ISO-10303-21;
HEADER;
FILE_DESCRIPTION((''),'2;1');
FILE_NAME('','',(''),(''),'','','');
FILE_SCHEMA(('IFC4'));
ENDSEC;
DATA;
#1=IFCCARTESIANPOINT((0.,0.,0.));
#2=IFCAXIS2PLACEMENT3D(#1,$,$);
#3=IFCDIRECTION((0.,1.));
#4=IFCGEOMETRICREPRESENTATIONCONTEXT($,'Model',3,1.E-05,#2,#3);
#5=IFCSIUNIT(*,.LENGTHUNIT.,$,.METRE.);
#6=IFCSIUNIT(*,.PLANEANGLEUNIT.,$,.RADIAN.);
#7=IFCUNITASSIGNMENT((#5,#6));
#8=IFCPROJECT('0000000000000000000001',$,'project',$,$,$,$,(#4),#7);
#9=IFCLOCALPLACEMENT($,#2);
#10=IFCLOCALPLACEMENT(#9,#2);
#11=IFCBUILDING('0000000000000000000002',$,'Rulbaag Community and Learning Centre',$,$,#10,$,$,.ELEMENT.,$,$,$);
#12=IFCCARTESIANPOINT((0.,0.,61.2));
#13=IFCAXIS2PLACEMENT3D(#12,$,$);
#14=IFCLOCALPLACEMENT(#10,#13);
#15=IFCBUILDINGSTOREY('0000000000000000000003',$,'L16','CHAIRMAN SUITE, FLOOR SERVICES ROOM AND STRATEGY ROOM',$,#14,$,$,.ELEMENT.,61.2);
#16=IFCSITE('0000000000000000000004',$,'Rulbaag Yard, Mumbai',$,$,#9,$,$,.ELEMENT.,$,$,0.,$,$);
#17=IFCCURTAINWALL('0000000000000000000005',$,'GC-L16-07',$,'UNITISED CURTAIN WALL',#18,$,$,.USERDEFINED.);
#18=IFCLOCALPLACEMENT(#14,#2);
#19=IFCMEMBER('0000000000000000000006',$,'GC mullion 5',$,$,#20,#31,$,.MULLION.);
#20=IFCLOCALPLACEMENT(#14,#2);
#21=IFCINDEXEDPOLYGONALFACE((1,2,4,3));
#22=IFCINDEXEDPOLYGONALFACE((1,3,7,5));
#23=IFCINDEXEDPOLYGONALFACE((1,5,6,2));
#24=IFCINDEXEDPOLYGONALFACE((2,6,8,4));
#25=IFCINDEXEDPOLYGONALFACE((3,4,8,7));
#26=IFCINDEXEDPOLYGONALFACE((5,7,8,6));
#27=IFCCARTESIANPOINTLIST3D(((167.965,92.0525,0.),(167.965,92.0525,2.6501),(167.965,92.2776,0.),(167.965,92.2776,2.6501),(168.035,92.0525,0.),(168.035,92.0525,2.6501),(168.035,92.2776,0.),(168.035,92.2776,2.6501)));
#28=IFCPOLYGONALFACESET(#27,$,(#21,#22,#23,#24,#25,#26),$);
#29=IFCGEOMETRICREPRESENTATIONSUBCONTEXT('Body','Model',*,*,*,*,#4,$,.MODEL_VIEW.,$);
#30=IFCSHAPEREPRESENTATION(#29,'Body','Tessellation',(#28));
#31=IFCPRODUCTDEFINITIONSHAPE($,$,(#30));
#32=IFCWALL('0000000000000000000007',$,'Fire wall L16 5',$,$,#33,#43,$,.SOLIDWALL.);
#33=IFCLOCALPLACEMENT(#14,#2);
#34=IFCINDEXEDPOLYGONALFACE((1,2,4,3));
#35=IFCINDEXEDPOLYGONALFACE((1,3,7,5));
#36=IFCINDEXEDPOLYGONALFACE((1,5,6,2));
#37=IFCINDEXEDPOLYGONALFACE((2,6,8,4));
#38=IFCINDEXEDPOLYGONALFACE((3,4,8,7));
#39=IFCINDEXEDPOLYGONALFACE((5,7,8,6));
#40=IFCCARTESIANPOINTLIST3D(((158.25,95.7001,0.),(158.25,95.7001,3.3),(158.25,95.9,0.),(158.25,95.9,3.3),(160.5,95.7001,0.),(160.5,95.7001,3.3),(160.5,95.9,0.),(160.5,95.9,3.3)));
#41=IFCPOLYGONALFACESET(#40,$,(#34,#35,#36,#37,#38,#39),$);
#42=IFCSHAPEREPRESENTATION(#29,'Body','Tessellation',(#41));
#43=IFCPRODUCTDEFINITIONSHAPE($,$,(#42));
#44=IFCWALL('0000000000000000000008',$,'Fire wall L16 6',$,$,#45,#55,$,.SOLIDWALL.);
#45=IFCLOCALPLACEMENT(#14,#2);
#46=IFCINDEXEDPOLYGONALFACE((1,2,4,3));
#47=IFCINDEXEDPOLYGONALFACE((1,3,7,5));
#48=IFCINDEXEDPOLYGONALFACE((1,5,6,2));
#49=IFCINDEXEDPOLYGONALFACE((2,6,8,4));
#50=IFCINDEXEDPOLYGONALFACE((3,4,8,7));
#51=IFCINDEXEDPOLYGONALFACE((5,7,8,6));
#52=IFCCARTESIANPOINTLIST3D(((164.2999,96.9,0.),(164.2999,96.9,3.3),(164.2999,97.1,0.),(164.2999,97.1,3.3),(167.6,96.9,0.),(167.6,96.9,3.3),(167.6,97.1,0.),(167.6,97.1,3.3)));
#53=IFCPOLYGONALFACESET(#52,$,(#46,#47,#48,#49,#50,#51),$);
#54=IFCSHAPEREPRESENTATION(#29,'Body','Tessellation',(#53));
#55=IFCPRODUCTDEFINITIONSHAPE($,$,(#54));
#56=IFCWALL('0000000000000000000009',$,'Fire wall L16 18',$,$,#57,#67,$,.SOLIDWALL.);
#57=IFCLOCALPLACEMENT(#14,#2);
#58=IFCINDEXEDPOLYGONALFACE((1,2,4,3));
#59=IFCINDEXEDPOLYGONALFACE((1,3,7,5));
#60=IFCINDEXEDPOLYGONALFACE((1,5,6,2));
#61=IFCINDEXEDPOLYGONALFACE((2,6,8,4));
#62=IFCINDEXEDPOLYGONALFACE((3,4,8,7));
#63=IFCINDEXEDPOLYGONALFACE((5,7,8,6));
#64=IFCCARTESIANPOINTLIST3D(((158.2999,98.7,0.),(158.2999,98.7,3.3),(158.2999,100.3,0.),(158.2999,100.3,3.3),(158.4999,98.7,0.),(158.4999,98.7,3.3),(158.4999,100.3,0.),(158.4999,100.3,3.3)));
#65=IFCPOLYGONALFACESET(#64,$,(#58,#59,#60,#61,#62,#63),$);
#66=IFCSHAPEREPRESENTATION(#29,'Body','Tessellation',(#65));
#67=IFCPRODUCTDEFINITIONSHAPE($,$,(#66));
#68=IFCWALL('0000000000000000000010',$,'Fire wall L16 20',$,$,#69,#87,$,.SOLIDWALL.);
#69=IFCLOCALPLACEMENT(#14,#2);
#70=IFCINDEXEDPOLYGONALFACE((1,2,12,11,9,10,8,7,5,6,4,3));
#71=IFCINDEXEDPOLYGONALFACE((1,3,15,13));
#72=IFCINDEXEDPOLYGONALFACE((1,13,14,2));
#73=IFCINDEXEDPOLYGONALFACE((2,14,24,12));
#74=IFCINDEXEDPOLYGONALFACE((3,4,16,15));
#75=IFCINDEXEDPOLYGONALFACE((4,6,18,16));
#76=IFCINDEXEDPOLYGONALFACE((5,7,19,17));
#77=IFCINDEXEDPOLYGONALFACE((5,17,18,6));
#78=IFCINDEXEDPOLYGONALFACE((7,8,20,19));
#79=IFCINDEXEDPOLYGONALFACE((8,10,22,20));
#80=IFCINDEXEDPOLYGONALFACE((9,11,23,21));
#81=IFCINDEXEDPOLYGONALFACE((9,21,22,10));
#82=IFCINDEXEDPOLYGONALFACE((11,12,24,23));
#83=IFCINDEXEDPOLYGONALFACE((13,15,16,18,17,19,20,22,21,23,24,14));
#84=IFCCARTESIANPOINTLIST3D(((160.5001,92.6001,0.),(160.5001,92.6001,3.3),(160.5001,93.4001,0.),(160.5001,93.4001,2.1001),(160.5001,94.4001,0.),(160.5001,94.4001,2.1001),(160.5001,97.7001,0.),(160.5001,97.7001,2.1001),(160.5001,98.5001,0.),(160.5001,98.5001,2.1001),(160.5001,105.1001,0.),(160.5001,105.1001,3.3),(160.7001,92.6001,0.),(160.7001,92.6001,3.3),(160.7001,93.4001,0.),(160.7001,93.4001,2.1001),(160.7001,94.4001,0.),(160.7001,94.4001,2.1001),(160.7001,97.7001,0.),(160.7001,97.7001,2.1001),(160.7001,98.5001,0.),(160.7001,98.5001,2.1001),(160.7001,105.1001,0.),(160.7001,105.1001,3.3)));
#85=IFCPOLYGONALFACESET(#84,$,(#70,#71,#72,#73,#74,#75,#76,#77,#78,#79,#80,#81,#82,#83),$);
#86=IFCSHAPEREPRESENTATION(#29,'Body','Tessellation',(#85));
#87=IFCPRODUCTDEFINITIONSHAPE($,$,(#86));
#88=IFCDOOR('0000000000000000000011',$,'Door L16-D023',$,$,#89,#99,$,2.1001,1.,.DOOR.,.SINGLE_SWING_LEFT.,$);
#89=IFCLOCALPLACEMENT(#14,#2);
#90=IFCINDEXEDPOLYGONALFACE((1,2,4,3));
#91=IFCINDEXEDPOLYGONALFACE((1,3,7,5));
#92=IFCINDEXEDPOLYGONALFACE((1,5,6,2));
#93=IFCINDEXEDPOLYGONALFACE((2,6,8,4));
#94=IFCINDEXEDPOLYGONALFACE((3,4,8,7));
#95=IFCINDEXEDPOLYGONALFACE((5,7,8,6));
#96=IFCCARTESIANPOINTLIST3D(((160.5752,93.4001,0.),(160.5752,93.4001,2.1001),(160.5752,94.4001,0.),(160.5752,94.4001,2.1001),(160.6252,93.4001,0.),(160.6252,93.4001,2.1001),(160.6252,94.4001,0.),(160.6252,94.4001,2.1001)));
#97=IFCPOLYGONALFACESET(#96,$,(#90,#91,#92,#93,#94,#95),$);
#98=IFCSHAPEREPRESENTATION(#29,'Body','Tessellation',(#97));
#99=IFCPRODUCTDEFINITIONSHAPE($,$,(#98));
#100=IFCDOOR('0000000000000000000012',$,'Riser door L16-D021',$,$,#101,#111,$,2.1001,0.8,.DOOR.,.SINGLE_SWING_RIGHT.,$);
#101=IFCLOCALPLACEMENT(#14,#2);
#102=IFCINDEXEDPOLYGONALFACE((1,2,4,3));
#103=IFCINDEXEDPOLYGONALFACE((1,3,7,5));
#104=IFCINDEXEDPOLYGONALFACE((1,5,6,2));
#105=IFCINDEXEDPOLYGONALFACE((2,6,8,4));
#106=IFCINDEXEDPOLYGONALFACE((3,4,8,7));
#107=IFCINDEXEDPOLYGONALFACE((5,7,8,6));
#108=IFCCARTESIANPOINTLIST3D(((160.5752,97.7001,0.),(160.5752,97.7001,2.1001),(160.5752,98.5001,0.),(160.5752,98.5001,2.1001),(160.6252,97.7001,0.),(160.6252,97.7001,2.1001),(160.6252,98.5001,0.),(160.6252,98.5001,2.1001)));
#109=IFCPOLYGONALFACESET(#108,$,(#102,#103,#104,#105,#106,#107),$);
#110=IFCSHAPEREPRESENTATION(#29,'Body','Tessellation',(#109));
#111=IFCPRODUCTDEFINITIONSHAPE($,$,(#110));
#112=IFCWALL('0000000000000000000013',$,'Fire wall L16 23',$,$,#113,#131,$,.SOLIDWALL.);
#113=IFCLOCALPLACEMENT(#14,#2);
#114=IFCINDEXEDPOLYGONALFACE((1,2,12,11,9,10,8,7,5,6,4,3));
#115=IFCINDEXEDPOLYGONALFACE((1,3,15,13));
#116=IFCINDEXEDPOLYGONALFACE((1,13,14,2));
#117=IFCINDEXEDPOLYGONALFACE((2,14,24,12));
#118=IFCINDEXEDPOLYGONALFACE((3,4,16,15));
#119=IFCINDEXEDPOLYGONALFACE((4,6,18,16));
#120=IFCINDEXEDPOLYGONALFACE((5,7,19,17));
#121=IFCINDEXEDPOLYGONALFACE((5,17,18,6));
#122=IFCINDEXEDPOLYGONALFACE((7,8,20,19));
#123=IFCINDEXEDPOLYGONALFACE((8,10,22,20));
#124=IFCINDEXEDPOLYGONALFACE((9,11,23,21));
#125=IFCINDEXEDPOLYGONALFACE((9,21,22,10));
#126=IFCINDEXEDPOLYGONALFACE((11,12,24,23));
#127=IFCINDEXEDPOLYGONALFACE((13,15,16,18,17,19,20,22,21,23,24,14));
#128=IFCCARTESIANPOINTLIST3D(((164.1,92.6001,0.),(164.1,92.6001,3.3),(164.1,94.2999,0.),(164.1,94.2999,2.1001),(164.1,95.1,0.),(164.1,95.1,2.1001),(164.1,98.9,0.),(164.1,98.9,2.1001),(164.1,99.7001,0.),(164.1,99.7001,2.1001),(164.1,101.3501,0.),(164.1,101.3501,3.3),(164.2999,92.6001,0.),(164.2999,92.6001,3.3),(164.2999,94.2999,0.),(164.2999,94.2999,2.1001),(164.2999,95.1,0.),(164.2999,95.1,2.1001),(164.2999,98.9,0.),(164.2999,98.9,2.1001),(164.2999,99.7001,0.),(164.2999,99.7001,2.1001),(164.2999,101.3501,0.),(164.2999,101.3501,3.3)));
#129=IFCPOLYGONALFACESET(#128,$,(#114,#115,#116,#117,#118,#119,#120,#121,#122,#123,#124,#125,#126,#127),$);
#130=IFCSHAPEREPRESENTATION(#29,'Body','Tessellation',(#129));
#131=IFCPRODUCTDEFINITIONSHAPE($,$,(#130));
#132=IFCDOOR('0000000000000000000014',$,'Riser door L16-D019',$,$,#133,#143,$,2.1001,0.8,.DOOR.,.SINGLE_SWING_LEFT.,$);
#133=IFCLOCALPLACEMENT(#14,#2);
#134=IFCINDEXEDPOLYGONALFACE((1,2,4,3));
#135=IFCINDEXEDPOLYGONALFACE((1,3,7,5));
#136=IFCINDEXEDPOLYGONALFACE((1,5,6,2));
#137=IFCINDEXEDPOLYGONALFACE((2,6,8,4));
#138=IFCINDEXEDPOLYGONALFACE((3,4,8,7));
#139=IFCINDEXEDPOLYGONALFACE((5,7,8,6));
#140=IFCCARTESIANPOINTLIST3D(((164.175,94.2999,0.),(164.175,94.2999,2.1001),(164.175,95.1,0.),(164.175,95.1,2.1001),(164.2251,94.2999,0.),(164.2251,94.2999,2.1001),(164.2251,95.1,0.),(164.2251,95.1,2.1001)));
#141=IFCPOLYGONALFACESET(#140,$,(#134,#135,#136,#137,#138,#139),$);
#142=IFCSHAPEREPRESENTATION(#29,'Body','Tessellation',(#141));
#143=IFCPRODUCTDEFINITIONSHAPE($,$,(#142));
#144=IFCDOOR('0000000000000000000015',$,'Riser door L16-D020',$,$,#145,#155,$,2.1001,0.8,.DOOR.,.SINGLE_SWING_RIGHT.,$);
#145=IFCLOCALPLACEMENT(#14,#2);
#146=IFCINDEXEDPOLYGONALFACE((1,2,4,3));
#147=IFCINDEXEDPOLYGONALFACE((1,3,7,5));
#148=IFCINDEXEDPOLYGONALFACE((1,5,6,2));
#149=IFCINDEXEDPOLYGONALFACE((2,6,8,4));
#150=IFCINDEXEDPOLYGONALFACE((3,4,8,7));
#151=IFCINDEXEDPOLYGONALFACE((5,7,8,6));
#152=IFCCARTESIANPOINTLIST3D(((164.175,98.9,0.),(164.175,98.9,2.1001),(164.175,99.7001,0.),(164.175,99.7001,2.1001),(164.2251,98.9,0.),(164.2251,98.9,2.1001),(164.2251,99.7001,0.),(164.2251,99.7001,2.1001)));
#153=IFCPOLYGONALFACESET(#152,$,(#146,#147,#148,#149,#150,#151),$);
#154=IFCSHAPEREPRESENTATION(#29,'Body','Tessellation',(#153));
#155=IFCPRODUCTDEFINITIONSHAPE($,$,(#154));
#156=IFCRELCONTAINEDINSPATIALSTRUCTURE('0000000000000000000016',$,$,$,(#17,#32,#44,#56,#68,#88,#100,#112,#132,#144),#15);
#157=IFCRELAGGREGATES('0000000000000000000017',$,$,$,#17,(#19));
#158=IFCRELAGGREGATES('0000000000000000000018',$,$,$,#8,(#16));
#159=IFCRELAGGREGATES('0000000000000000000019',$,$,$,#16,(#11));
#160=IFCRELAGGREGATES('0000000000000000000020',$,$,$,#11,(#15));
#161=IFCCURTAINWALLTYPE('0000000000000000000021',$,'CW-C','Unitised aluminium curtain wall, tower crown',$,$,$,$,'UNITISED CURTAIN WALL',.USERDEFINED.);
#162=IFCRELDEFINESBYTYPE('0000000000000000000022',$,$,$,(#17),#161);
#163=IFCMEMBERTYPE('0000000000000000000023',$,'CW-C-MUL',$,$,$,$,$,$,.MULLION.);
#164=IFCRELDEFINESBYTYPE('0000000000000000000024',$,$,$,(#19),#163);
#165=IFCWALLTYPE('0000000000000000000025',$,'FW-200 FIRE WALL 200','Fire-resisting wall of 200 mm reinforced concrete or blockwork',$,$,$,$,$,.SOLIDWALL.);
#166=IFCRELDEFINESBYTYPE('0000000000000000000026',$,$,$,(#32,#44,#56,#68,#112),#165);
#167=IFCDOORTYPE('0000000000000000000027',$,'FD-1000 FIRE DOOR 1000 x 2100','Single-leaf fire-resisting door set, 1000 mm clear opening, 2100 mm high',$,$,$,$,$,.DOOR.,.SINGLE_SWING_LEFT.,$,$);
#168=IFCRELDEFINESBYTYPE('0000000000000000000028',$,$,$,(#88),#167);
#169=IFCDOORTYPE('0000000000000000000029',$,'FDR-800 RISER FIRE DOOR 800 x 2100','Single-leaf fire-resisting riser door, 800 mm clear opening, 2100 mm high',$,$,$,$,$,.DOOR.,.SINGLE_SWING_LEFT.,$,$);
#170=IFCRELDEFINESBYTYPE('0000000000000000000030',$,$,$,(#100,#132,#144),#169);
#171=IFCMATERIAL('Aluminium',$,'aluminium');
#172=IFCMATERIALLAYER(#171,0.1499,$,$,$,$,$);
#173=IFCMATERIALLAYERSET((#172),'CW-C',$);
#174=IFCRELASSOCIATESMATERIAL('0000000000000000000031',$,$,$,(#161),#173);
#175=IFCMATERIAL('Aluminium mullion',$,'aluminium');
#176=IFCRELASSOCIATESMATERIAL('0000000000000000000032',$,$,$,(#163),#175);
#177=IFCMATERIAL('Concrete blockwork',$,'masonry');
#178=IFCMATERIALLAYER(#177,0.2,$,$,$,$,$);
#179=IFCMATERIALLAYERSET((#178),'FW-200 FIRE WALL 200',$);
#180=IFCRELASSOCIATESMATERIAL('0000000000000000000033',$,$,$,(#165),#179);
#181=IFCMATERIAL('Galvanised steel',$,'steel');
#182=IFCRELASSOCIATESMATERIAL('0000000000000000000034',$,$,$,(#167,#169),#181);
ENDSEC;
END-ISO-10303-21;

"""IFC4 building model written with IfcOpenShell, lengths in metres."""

from ifc_helpers import new_model, si_unit, direction, frame, frame_2d, origin, origin_2d, place, context, subcontext, project, spatial, rectangle, extrude, material, layer, layer_set, material_profile, profile_set, type_object, element, fill, aggregate, save


model = new_model("IFC4")

# Units and contexts
model_context = context("Model", 3, precision=1e-05, world=origin(), true_north=direction((0.0, 1.0)))
body_context = subcontext(model_context, "Body", "Model", "MODEL_VIEW")
ifc_project = project(units=[si_unit("LENGTHUNIT", "METRE"), si_unit("PLANEANGLEUNIT", "RADIAN")], contexts=[model_context])

# Site, building, storey
site_placement = place(None, origin())
site = spatial("IfcSite", under=ifc_project, at=site_placement, Name="Rulbaag Yard, Mumbai", CompositionType="ELEMENT", RefElevation=0.0)
building_placement = place(site_placement, origin())
building = spatial("IfcBuilding", under=site, at=building_placement, Name="Rulbaag Community and Learning Centre", CompositionType="ELEMENT")
storey_placement = place(building_placement, frame((0.0, 0.0, 61.2)))
storey = spatial("IfcBuildingStorey", under=building, at=storey_placement, Name="L16", Description="CHAIRMAN SUITE, FLOOR SERVICES ROOM AND STRATEGY ROOM", CompositionType="ELEMENT", Elevation=61.2)

# Curtain wall, member
ifc_material_1 = material(Name="Aluminium", Category="aluminium")
ifc_layer_1 = layer(ifc_material_1, 0.1499)
ifc_layer_set_1 = layer_set([ifc_layer_1], Name="CW-C")
curtain_wall_type = type_object("IfcCurtainWallType", Name="CW-C", Description="Unitised aluminium curtain wall, tower crown", ElementType="UNITISED CURTAIN WALL", PredefinedType="USERDEFINED", material=ifc_layer_set_1)
curtain_wall_placement = place(storey_placement, origin())
curtain_wall = element("IfcCurtainWall", 1, at=curtain_wall_placement, inside=storey, type_object=curtain_wall_type, Name="GC-L16-07", ObjectType="UNITISED CURTAIN WALL", PredefinedType="USERDEFINED")
ifc_material_2 = material(Name="Aluminium mullion", Category="aluminium")
ifc_material_profile = material_profile(ifc_material_2, rectangle(XDim=0.0701, YDim=0.2251, at=origin_2d()), Name="AL 70x225")
ifc_profile_set = profile_set([ifc_material_profile], Name="Aluminium mullion")
member_type = type_object("IfcMemberType", Name="CW-C-MUL", PredefinedType="MULLION", material=ifc_profile_set)
member_placement = place(storey_placement, frame((168.0, 92.165, 0.0), z_axis=(0.0, 0.0, 1.0), x_axis=(-1.0, 0.0, 0.0)))
member = element("IfcMember", 2, at=member_placement, type_object=member_type, Name="GC mullion 5", PredefinedType="MULLION", context=body_context, shape_type="SweptSolid", body=[
    extrude(rectangle(XDim=0.0701, YDim=0.2251, at=origin_2d()), origin(), (0.0, 0.0, 1.0), 2.6501),
])
aggregate(curtain_wall, [member])

# Walls
ifc_material_3 = material(Name="Concrete blockwork", Category="masonry")
ifc_layer_2 = layer(ifc_material_3, 0.2)
ifc_layer_set_2 = layer_set([ifc_layer_2], Name="FW-200 FIRE WALL 200")
wall_type_1 = type_object("IfcWallType", Name="FW-200 FIRE WALL 200", Description="Fire-resisting wall of 200 mm reinforced concrete or blockwork", PredefinedType="SOLIDWALL", material=ifc_layer_set_2)
wall_1_placement = place(storey_placement, frame((158.25, 95.8, 0.0), z_axis=(0.0, 0.0, 1.0), x_axis=(1.0, 0.0, 0.0)))
element("IfcWall", 3, at=wall_1_placement, inside=storey, type_object=wall_type_1, Name="Fire wall L16 5", PredefinedType="SOLIDWALL", context=body_context, shape_type="SweptSolid", body=[
    extrude(rectangle(XDim=2.25, YDim=0.2, at=frame_2d((1.125, 0.0))), origin(), (0.0, 0.0, 1.0), 3.3),
])
wall_2_placement = place(storey_placement, frame((164.3, 97.0, 0.0), z_axis=(0.0, 0.0, 1.0), x_axis=(1.0, 0.0, 0.0)))
element("IfcWall", 4, at=wall_2_placement, inside=storey, type_object=wall_type_1, Name="Fire wall L16 6", PredefinedType="SOLIDWALL", context=body_context, shape_type="SweptSolid", body=[
    extrude(rectangle(XDim=3.3, YDim=0.2, at=frame_2d((1.6499, 0.0))), origin(), (0.0, 0.0, 1.0), 3.3),
])
wall_3_placement = place(storey_placement, frame((158.3999, 98.7, 0.0), z_axis=(0.0, 0.0, 1.0), x_axis=(0.0, 1.0, 0.0)))
element("IfcWall", 5, at=wall_3_placement, inside=storey, type_object=wall_type_1, Name="Fire wall L16 18", PredefinedType="SOLIDWALL", context=body_context, shape_type="SweptSolid", body=[
    extrude(rectangle(XDim=1.6001, YDim=0.2, at=frame_2d((0.8, 0.0))), origin(), (0.0, 0.0, 1.0), 3.3),
])

# Walls, openings, doors
wall_4_placement = place(storey_placement, frame((160.6001, 92.6001, 0.0), z_axis=(0.0, 0.0, 1.0), x_axis=(0.0, 1.0, 0.0)))
wall_4 = element("IfcWall", 6, at=wall_4_placement, inside=storey, type_object=wall_type_1, Name="Fire wall L16 20", PredefinedType="SOLIDWALL", context=body_context, shape_type="SweptSolid", body=[
    extrude(rectangle(XDim=12.5, YDim=0.2, at=frame_2d((6.25, 0.0))), origin(), (0.0, 0.0, 1.0), 3.3),
])
opening_1_placement = place(wall_4_placement, frame((5.1001, 0.0, 0.0)))
opening_1 = element("IfcOpeningElement", 7, at=opening_1_placement, cuts=wall_4, PredefinedType="OPENING", context=body_context, shape_type="SweptSolid", body=[
    extrude(rectangle(XDim=0.8, YDim=2.1001, at=frame_2d((0.3999, 1.05))), frame((0.0, 0.1099, 0.0), z_axis=(0.0, -1.0, 0.0), x_axis=(1.0, 0.0, 0.0)), (0.0, 0.0, 1.0), 0.22),
])
opening_2_placement = place(wall_4_placement, frame((0.8, 0.0, 0.0)))
opening_2 = element("IfcOpeningElement", 8, at=opening_2_placement, cuts=wall_4, PredefinedType="OPENING", context=body_context, shape_type="SweptSolid", body=[
    extrude(rectangle(XDim=1.0, YDim=2.1001, at=frame_2d((0.5, 1.05))), frame((0.0, 0.1099, 0.0), z_axis=(0.0, -1.0, 0.0), x_axis=(1.0, 0.0, 0.0)), (0.0, 0.0, 1.0), 0.22),
])
ifc_material_4 = material(Name="Galvanised steel", Category="steel")
door_type_1 = type_object("IfcDoorType", Name="FD-1000 FIRE DOOR 1000 x 2100", Description="Single-leaf fire-resisting door set, 1000 mm clear opening, 2100 mm high", OperationType="SINGLE_SWING_LEFT", PredefinedType="DOOR", material=ifc_material_4)
door_1_placement = place(opening_2_placement, origin())
door_1 = element("IfcDoor", 9, at=door_1_placement, inside=storey, type_object=door_type_1, Name="Door L16-D023", OperationType="SINGLE_SWING_LEFT", OverallHeight=2.1001, OverallWidth=1.0, PredefinedType="DOOR", context=body_context, shape_type="SweptSolid", body=[
    extrude(rectangle(XDim=1.0, YDim=2.1001, at=frame_2d((0.5, 1.05))), frame((0.0, 0.0249, 0.0), z_axis=(0.0, -1.0, 0.0), x_axis=(1.0, 0.0, 0.0)), (0.0, 0.0, 1.0), 0.05),
])
fill(opening_2, door_1)
door_type_2 = type_object("IfcDoorType", Name="FDR-800 RISER FIRE DOOR 800 x 2100", Description="Single-leaf fire-resisting riser door, 800 mm clear opening, 2100 mm high", OperationType="SINGLE_SWING_LEFT", PredefinedType="DOOR", material=ifc_material_4)
door_2_placement = place(opening_1_placement, origin())
door_2 = element("IfcDoor", 10, at=door_2_placement, inside=storey, type_object=door_type_2, Name="Riser door L16-D021", OperationType="SINGLE_SWING_RIGHT", OverallHeight=2.1001, OverallWidth=0.8, PredefinedType="DOOR", context=body_context, shape_type="SweptSolid", body=[
    extrude(rectangle(XDim=0.8, YDim=2.1001, at=frame_2d((0.3999, 1.05))), frame((0.0, 0.0249, 0.0), z_axis=(0.0, -1.0, 0.0), x_axis=(1.0, 0.0, 0.0)), (0.0, 0.0, 1.0), 0.05),
])
fill(opening_1, door_2)
wall_5_placement = place(storey_placement, frame((164.2, 92.6001, 0.0), z_axis=(0.0, 0.0, 1.0), x_axis=(0.0, 1.0, 0.0)))
wall_5 = element("IfcWall", 11, at=wall_5_placement, inside=storey, type_object=wall_type_1, Name="Fire wall L16 23", PredefinedType="SOLIDWALL", context=body_context, shape_type="SweptSolid", body=[
    extrude(rectangle(XDim=8.75, YDim=0.2, at=frame_2d((4.375, 0.0))), origin(), (0.0, 0.0, 1.0), 3.3),
])
opening_3_placement = place(wall_5_placement, frame((1.7, 0.0, 0.0)))
opening_3 = element("IfcOpeningElement", 12, at=opening_3_placement, cuts=wall_5, PredefinedType="OPENING", context=body_context, shape_type="SweptSolid", body=[
    extrude(rectangle(XDim=0.8, YDim=2.1001, at=frame_2d((0.3999, 1.05))), frame((0.0, 0.1099, 0.0), z_axis=(0.0, -1.0, 0.0), x_axis=(1.0, 0.0, 0.0)), (0.0, 0.0, 1.0), 0.22),
])
opening_4_placement = place(wall_5_placement, frame((6.3, 0.0, 0.0)))
opening_4 = element("IfcOpeningElement", 13, at=opening_4_placement, cuts=wall_5, PredefinedType="OPENING", context=body_context, shape_type="SweptSolid", body=[
    extrude(rectangle(XDim=0.8, YDim=2.1001, at=frame_2d((0.3999, 1.05))), frame((0.0, 0.1099, 0.0), z_axis=(0.0, -1.0, 0.0), x_axis=(1.0, 0.0, 0.0)), (0.0, 0.0, 1.0), 0.22),
])
door_3_placement = place(opening_3_placement, origin())
door_3 = element("IfcDoor", 14, at=door_3_placement, inside=storey, type_object=door_type_2, Name="Riser door L16-D019", OperationType="SINGLE_SWING_LEFT", OverallHeight=2.1001, OverallWidth=0.8, PredefinedType="DOOR", context=body_context, shape_type="SweptSolid", body=[
    extrude(rectangle(XDim=0.8, YDim=2.1001, at=frame_2d((0.3999, 1.05))), frame((0.0, 0.0249, 0.0), z_axis=(0.0, -1.0, 0.0), x_axis=(1.0, 0.0, 0.0)), (0.0, 0.0, 1.0), 0.05),
])
fill(opening_3, door_3)
door_4_placement = place(opening_4_placement, origin())
door_4 = element("IfcDoor", 15, at=door_4_placement, inside=storey, type_object=door_type_2, Name="Riser door L16-D020", OperationType="SINGLE_SWING_RIGHT", OverallHeight=2.1001, OverallWidth=0.8, PredefinedType="DOOR", context=body_context, shape_type="SweptSolid", body=[
    extrude(rectangle(XDim=0.8, YDim=2.1001, at=frame_2d((0.3999, 1.05))), frame((0.0, 0.0249, 0.0), z_axis=(0.0, -1.0, 0.0), x_axis=(1.0, 0.0, 0.0)), (0.0, 0.0, 1.0), 0.05),
])
fill(opening_4, door_4)

save(model, "model.ifc")
